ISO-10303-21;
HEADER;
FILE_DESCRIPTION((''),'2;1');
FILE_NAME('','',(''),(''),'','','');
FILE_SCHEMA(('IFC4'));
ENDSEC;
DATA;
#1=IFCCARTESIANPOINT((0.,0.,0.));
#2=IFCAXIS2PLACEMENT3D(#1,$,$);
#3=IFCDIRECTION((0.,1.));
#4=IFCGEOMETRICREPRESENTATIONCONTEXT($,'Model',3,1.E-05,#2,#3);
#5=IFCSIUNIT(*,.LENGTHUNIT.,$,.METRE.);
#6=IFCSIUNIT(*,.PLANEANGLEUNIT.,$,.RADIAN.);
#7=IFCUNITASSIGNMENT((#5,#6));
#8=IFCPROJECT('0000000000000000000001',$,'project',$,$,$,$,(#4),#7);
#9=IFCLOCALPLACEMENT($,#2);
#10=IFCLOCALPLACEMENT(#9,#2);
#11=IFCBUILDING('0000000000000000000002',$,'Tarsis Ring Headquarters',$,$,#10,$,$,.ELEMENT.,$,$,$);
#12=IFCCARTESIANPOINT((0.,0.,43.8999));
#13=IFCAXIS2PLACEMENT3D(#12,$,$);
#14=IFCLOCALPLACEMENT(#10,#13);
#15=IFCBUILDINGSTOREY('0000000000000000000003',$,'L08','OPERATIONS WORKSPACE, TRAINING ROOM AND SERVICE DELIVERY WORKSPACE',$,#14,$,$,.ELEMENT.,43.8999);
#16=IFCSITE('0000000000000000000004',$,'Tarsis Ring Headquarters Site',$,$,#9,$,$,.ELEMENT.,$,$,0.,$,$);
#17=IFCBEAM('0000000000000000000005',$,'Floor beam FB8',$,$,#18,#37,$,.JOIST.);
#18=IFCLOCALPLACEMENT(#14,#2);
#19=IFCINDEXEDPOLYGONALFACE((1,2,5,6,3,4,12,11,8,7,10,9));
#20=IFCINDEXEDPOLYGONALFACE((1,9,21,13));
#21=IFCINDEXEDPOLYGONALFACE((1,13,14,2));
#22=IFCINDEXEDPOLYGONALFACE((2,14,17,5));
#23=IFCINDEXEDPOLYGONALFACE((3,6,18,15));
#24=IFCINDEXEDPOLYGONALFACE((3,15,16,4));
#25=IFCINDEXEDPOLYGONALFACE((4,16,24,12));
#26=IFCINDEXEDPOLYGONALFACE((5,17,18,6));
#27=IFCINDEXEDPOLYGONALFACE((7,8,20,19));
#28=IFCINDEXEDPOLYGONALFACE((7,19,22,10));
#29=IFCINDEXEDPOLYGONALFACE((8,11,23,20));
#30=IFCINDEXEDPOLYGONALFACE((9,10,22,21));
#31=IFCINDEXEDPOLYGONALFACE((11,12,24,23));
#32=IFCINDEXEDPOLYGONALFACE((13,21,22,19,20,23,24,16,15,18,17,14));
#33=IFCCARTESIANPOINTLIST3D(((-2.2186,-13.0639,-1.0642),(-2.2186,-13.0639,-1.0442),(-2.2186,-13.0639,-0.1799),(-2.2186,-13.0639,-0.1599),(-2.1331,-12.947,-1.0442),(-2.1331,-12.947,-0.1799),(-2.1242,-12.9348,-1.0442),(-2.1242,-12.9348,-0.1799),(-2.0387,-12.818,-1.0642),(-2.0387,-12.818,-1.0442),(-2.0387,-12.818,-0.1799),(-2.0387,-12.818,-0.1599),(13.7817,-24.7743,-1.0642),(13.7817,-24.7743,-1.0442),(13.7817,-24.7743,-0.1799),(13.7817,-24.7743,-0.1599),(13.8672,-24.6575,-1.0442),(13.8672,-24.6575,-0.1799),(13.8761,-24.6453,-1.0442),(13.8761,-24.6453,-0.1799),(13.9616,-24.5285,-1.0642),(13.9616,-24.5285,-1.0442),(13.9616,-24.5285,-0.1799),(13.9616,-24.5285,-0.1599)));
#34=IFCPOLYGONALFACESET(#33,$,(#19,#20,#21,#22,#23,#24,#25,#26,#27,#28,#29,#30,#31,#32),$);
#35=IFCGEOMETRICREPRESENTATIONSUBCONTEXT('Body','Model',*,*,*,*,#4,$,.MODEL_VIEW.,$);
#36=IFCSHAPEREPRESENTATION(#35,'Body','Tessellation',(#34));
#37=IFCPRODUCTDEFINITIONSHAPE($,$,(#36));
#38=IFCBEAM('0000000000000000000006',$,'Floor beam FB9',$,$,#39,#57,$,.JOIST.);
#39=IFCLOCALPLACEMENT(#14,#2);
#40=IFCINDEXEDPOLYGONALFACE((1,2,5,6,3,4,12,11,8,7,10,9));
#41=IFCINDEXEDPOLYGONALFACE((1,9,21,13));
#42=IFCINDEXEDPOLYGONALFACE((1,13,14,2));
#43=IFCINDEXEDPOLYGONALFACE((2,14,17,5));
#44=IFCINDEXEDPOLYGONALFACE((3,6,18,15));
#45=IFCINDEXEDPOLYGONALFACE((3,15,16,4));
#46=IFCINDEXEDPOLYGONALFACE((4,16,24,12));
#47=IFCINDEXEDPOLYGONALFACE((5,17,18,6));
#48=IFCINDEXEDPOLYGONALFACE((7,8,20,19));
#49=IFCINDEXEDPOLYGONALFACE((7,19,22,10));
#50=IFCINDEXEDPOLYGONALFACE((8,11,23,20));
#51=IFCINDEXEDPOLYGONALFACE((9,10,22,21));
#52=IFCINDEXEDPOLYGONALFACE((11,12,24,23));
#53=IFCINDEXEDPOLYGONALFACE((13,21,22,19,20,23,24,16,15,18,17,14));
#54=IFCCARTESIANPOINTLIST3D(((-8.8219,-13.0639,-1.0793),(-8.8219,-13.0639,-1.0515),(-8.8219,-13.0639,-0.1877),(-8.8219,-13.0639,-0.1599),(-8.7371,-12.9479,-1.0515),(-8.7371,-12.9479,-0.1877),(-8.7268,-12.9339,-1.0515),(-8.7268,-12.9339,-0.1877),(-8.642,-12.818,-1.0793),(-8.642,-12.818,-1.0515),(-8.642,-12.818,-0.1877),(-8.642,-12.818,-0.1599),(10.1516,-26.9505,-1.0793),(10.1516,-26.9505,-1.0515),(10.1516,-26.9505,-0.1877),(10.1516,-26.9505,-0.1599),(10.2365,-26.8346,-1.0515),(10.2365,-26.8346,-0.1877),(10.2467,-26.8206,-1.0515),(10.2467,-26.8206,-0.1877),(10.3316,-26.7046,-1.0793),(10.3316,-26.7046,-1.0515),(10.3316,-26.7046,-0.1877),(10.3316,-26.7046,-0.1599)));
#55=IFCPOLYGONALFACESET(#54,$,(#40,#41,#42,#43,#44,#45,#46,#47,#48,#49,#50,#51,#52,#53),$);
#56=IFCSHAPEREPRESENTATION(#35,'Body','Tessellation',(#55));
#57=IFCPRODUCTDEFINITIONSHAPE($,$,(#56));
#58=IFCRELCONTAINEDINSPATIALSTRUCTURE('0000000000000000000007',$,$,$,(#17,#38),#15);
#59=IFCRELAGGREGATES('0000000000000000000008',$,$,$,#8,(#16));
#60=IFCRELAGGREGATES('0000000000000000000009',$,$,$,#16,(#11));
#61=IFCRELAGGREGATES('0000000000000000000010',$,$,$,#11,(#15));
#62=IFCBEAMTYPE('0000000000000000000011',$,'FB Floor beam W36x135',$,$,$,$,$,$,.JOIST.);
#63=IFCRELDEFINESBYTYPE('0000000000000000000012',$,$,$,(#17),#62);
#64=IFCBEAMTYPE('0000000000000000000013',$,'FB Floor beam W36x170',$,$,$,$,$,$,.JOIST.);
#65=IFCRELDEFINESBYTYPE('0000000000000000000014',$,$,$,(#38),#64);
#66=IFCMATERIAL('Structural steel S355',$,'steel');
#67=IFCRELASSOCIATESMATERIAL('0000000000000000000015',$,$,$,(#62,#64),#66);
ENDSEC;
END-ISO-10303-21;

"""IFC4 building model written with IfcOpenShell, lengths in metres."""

from ifc_helpers import new_model, si_unit, direction, frame, origin, origin_2d, place, context, subcontext, project, spatial, i_section, extrude, material, material_profile, profile_set, type_object, element, save


model = new_model("IFC4")

# Units and contexts
model_context = context("Model", 3, precision=1e-05, world=origin(), true_north=direction((0.0, 1.0)))
body_context = subcontext(model_context, "Body", "Model", "MODEL_VIEW")
ifc_project = project(units=[si_unit("LENGTHUNIT", "METRE"), si_unit("PLANEANGLEUNIT", "RADIAN")], contexts=[model_context])

# Site, building, storey
site_placement = place(None, origin())
site = spatial("IfcSite", under=ifc_project, at=site_placement, Name="Tarsis Ring Headquarters Site", CompositionType="ELEMENT", RefElevation=0.0)
building_placement = place(site_placement, origin())
building = spatial("IfcBuilding", under=site, at=building_placement, Name="Tarsis Ring Headquarters", CompositionType="ELEMENT")
storey_placement = place(building_placement, frame((0.0, 0.0, 43.8999)))
storey = spatial("IfcBuildingStorey", under=building, at=storey_placement, Name="L08", Description="OPERATIONS WORKSPACE, TRAINING ROOM AND SERVICE DELIVERY WORKSPACE", CompositionType="ELEMENT", Elevation=43.8999)

# Beams
ifc_material_1 = material(Name="Structural steel S355", Category="steel")
ifc_material_profile_1 = material_profile(ifc_material_1, i_section(OverallWidth=0.3047, OverallDepth=0.9043, WebThickness=0.0151, FlangeThickness=0.02, at=origin_2d()), Name="W36x135")
ifc_profile_set_1 = profile_set([ifc_material_profile_1], Name="Structural steel S355")
beam_type_1 = type_object("IfcBeamType", Name="FB Floor beam W36x135", PredefinedType="JOIST", material=ifc_profile_set_1)
beam_1_placement = place(storey_placement, frame((-2.1287, -12.9409, -0.6121), z_axis=(0.806959, -0.590607, 0.0), x_axis=(0.590607, 0.806959, 0.0)))
element("IfcBeam", 1, at=beam_1_placement, inside=storey, type_object=beam_type_1, Name="Floor beam FB8", PredefinedType="JOIST", context=body_context, shape_type="SweptSolid", body=[
    extrude(i_section(OverallWidth=0.3047, OverallDepth=0.9043, WebThickness=0.0151, FlangeThickness=0.02, at=origin_2d()), origin(), (0.0, 0.0, 1.0), 19.8279),
])
ifc_material_profile_2 = material_profile(ifc_material_1, i_section(OverallWidth=0.3047, OverallDepth=0.9194, WebThickness=0.0173, FlangeThickness=0.0278, at=origin_2d()), Name="W36x170")
ifc_profile_set_2 = profile_set([ifc_material_profile_2], Name="Structural steel S355")
beam_type_2 = type_object("IfcBeamType", Name="FB Floor beam W36x170", PredefinedType="JOIST", material=ifc_profile_set_2)
beam_2_placement = place(storey_placement, frame((-8.7319, -12.9409, -0.6196), z_axis=(0.806958, -0.590609, 0.0), x_axis=(0.590609, 0.806958, 0.0)))
element("IfcBeam", 2, at=beam_2_placement, inside=storey, type_object=beam_type_2, Name="Floor beam FB9", PredefinedType="JOIST", context=body_context, shape_type="SweptSolid", body=[
    extrude(i_section(OverallWidth=0.3047, OverallDepth=0.9194, WebThickness=0.0173, FlangeThickness=0.0278, at=origin_2d()), origin(), (0.0, 0.0, 1.0), 23.5125),
])

save(model, "model.ifc")
